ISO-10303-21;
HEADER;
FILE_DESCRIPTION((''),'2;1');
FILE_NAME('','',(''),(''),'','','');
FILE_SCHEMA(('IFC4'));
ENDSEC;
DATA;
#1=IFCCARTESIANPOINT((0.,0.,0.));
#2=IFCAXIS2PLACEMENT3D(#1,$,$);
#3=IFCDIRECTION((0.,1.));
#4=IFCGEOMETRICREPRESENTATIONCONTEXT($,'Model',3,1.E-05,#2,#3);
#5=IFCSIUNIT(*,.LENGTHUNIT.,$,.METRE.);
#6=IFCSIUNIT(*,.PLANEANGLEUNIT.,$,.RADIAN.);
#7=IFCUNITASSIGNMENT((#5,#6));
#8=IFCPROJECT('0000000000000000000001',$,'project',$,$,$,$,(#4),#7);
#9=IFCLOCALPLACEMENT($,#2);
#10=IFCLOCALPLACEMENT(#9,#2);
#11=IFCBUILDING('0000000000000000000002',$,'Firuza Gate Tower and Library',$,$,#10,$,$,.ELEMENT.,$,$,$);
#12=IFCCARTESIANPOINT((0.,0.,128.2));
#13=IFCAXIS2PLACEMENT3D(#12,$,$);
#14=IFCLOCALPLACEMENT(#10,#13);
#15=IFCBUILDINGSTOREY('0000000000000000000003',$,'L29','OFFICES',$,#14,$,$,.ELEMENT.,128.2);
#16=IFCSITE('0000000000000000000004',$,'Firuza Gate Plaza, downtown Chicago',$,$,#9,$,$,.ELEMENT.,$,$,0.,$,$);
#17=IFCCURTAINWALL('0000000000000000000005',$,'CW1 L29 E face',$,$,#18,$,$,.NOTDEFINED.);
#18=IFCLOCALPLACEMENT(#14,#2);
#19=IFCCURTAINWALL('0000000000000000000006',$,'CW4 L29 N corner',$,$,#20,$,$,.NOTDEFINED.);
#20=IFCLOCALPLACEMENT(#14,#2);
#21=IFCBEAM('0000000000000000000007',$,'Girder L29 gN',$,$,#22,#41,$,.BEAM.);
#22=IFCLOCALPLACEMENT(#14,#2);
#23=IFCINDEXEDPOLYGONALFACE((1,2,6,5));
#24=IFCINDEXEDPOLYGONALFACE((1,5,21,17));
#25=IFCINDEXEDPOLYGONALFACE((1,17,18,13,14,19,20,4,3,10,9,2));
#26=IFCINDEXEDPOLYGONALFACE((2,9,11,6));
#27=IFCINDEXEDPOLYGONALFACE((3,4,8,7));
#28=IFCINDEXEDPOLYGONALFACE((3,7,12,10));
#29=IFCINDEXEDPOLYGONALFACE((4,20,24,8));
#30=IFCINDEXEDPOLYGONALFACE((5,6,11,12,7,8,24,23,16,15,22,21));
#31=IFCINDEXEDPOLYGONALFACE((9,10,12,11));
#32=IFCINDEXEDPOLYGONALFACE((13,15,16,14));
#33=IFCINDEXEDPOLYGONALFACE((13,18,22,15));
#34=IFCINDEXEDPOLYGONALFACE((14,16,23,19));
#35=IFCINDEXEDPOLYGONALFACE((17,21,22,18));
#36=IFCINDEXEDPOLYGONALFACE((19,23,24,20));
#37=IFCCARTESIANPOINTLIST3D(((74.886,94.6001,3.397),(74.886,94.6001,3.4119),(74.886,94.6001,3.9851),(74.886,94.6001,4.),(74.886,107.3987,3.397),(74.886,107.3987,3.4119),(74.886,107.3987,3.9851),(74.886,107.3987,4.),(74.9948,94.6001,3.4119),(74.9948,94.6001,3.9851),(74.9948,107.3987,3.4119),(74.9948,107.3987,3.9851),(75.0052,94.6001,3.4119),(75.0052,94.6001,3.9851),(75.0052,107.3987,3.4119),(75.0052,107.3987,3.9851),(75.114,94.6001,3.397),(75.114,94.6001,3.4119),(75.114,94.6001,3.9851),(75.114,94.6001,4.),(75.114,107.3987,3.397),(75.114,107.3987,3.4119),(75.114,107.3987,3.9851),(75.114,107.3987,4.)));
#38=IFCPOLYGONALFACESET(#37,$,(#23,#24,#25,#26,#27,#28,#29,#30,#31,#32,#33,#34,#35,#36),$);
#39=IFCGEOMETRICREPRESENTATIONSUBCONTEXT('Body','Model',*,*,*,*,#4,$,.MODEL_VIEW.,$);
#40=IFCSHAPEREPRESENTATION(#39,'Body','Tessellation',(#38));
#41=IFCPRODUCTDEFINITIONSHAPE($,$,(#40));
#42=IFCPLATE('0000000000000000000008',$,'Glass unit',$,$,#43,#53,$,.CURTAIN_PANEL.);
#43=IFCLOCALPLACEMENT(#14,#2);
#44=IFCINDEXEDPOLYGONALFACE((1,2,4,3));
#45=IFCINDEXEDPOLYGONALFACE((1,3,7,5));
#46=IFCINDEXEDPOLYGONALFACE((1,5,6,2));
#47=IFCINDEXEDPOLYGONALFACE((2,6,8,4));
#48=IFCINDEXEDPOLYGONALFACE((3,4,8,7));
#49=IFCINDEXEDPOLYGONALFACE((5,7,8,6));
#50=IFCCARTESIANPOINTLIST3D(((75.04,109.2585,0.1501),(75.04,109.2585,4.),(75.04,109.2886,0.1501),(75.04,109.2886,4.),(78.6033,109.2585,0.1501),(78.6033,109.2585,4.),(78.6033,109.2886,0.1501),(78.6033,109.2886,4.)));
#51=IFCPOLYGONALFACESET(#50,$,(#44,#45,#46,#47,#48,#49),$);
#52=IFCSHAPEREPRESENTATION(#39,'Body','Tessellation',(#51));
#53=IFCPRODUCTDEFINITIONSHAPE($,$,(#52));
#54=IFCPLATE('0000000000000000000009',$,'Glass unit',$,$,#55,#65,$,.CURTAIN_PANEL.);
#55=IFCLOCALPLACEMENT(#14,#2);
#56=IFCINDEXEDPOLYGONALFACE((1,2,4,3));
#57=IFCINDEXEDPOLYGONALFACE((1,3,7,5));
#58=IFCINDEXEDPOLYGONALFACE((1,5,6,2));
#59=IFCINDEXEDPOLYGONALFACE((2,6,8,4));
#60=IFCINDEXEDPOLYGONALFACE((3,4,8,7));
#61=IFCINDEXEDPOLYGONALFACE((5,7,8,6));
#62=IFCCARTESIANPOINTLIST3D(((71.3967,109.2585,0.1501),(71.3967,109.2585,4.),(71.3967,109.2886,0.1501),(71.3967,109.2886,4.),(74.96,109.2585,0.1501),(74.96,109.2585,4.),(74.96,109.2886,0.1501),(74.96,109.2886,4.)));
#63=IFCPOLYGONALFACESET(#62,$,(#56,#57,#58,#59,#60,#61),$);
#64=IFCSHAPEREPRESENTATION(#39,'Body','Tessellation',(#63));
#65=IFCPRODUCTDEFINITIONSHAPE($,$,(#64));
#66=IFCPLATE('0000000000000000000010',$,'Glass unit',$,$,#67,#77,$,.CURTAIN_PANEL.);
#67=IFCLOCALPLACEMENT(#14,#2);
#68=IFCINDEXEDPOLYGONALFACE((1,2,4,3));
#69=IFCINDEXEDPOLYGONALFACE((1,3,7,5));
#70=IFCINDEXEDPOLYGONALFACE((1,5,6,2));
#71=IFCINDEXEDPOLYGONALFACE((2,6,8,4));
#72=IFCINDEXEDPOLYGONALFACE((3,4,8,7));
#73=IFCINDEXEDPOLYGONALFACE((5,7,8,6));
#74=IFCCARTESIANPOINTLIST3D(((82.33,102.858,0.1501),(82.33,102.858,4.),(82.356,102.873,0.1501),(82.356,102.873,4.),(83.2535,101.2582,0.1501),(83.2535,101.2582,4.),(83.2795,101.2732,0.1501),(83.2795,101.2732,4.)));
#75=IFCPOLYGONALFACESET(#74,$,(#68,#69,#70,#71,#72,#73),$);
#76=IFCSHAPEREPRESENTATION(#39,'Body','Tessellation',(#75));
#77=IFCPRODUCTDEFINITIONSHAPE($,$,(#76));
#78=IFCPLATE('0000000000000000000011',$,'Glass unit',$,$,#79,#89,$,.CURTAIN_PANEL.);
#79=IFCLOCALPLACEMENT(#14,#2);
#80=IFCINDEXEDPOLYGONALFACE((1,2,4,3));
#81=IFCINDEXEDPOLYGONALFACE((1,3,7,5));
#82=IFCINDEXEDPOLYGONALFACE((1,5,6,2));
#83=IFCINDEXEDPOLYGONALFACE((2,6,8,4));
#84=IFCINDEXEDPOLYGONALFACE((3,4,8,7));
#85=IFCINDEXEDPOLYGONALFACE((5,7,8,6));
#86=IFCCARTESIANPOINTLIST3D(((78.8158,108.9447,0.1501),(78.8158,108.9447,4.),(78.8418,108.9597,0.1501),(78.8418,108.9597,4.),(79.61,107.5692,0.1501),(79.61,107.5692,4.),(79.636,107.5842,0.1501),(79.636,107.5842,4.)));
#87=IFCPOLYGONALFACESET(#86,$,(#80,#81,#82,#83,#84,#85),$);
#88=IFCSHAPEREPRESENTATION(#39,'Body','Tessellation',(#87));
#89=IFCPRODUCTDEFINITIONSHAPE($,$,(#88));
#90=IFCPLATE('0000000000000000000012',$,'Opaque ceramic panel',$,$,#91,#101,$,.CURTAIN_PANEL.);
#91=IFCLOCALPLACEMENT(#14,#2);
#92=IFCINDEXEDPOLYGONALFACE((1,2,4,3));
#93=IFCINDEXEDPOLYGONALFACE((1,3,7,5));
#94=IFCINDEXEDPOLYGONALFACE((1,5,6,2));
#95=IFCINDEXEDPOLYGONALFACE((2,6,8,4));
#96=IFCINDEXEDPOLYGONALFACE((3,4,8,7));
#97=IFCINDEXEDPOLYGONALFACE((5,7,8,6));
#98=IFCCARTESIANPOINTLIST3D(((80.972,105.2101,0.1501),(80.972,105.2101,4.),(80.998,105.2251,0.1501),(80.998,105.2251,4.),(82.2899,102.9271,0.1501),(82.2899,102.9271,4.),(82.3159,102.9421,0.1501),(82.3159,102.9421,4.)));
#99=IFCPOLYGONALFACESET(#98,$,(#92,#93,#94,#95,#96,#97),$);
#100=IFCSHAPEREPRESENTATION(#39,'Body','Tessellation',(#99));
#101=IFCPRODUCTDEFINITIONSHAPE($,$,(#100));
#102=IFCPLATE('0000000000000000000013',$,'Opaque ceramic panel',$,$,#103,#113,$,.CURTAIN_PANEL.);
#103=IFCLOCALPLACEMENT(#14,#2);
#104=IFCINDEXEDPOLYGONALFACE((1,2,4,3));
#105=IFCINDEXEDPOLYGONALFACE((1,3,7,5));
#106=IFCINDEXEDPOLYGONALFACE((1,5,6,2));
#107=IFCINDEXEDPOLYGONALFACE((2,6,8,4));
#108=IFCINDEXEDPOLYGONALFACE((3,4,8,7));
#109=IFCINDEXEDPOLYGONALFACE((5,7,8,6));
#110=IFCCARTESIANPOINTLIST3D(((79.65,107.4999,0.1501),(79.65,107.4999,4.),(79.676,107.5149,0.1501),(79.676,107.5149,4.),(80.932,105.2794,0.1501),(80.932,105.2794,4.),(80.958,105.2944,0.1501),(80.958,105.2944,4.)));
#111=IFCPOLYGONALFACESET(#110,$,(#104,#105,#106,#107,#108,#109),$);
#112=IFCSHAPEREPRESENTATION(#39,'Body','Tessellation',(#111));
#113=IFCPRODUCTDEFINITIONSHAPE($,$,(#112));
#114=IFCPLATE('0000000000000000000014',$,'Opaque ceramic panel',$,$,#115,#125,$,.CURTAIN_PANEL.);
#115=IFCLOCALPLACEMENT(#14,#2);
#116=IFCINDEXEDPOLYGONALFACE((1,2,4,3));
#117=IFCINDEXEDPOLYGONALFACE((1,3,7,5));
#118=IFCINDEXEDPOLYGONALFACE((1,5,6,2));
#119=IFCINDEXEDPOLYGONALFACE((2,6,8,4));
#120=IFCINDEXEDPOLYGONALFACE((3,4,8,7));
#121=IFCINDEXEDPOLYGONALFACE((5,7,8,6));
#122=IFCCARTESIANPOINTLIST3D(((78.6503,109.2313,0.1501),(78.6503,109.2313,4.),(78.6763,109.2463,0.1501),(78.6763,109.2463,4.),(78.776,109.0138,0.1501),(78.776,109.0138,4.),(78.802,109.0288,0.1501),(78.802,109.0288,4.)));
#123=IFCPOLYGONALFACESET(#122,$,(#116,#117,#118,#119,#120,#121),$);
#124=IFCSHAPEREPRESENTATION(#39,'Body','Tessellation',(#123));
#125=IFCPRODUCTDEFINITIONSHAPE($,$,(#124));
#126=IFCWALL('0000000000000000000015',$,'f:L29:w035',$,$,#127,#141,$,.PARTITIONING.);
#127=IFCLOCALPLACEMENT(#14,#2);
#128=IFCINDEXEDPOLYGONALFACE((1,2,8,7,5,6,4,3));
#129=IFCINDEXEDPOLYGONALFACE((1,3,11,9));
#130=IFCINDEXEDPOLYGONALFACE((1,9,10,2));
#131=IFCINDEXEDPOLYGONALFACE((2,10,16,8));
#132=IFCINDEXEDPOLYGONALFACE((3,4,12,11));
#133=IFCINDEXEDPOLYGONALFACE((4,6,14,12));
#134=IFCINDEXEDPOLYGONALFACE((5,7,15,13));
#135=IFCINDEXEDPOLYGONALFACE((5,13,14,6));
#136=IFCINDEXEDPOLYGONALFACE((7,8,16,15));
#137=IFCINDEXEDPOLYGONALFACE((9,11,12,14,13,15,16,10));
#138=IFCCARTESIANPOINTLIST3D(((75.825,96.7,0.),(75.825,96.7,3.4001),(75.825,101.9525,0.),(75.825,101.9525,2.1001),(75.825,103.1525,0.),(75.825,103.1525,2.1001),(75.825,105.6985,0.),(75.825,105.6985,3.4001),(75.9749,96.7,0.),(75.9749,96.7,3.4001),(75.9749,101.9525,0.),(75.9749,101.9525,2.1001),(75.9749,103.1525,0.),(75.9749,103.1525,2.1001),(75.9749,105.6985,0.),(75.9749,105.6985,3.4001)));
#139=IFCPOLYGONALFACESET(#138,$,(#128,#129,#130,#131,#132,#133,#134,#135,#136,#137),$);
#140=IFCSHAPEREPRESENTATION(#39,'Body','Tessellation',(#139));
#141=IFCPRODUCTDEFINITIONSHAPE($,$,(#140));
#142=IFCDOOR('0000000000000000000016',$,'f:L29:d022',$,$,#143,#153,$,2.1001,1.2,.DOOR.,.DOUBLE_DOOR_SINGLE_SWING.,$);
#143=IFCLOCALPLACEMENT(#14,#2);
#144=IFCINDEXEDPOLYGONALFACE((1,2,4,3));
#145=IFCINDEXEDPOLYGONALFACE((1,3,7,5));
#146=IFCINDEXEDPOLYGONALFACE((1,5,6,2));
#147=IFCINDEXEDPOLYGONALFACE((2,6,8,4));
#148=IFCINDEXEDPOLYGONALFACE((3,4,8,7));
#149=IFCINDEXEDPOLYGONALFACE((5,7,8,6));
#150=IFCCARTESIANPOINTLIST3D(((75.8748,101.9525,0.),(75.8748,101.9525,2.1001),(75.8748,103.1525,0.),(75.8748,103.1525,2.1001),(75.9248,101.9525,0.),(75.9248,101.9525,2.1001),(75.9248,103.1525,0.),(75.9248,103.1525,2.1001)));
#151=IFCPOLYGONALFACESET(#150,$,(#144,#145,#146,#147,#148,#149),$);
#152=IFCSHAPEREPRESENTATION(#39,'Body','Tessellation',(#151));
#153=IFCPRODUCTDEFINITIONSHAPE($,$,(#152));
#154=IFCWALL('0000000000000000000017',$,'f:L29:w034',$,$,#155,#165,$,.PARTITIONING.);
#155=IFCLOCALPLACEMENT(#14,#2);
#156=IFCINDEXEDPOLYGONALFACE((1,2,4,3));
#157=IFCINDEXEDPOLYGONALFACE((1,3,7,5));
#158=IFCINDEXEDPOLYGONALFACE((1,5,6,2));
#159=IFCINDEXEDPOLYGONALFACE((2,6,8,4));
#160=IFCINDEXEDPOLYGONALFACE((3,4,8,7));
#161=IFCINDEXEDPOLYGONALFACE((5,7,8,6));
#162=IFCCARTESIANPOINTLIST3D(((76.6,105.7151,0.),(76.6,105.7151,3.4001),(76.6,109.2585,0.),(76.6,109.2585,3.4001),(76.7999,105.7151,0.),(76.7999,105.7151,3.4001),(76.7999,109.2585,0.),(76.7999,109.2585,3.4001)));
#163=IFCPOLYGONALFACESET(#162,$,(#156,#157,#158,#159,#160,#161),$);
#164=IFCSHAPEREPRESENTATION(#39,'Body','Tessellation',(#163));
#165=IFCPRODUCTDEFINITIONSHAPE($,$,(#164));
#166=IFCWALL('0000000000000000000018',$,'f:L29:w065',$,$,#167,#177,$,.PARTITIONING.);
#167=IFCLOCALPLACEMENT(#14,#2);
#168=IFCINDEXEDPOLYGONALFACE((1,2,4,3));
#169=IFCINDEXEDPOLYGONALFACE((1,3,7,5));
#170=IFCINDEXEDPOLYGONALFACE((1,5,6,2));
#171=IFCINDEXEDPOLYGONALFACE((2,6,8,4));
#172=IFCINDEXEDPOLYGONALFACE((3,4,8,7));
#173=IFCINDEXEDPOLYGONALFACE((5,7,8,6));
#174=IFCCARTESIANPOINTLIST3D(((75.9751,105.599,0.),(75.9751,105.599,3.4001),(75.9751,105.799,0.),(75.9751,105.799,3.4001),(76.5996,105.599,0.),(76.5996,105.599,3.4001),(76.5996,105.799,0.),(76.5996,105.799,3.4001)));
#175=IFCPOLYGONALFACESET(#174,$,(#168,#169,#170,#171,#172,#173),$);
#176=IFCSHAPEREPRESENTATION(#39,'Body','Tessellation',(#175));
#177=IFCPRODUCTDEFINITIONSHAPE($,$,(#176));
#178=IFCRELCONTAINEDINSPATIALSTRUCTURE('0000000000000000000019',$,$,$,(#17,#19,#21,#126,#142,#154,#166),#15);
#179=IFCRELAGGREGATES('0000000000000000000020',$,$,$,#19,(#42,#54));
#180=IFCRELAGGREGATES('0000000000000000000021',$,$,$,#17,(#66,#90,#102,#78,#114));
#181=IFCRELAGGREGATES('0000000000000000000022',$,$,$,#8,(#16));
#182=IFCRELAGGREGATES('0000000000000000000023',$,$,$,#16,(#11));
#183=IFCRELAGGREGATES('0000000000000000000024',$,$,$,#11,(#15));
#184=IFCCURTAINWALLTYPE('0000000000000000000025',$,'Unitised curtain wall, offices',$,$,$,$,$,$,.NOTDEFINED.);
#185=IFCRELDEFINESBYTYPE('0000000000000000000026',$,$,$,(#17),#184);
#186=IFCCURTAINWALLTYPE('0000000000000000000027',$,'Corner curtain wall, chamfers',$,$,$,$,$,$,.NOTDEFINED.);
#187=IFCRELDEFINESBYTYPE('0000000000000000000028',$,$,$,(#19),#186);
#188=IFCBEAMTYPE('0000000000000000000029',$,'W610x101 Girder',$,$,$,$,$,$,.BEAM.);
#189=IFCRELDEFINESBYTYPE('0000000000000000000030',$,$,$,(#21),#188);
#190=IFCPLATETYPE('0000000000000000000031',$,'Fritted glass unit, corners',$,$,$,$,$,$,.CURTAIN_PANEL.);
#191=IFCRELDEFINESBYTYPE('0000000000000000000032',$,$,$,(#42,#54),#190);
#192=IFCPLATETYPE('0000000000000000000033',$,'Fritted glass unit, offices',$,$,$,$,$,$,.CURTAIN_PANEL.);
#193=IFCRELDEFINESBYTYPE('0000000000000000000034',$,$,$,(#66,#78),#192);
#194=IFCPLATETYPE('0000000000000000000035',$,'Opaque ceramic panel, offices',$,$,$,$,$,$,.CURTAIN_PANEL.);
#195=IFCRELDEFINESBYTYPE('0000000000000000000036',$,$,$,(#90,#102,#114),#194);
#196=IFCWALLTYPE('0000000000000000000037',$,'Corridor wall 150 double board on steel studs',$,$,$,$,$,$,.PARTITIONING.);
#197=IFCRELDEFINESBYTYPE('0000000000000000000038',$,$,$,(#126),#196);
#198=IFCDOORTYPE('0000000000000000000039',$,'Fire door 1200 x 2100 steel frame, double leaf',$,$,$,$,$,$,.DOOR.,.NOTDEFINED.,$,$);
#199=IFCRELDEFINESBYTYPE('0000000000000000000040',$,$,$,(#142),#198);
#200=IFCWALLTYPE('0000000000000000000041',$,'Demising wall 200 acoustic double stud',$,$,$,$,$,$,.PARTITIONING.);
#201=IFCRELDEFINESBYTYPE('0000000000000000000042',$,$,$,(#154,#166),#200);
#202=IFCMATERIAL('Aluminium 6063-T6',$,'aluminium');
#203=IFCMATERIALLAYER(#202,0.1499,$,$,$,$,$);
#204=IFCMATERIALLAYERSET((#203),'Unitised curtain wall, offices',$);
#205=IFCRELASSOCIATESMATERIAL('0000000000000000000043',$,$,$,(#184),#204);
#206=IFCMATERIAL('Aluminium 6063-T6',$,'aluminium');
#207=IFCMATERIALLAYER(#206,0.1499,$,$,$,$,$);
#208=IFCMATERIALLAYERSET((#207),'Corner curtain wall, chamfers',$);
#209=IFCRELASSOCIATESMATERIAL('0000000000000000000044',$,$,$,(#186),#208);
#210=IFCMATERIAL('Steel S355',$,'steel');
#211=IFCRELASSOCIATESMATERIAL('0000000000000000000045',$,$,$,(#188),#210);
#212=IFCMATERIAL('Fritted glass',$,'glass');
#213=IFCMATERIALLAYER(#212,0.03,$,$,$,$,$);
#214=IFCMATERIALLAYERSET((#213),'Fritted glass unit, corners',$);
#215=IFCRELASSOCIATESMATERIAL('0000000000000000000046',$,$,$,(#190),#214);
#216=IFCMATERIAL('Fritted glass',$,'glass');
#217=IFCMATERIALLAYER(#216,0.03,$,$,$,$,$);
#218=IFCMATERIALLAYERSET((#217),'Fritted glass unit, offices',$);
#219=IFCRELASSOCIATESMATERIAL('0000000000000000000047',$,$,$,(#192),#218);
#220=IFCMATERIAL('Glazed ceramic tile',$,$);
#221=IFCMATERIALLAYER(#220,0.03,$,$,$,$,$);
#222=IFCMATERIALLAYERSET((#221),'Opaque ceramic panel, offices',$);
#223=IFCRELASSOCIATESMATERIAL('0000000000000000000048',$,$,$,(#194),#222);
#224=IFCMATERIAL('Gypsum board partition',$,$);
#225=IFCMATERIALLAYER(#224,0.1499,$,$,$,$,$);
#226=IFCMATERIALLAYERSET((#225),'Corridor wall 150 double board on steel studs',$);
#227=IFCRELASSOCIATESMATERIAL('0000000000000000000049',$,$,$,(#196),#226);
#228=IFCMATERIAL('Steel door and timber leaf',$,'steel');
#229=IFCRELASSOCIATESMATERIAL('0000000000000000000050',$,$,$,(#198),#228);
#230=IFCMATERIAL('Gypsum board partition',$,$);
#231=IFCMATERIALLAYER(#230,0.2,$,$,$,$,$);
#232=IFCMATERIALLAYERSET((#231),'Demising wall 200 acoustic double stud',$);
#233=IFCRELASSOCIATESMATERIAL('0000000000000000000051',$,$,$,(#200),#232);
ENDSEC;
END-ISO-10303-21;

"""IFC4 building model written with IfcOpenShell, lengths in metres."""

from ifc_helpers import new_model, si_unit, direction, frame, frame_2d, origin, origin_2d, place, context, subcontext, project, spatial, polyline, rectangle, i_section, outline, extrude, material, layer, layer_set, material_profile, profile_set, type_object, element, fill, aggregate, save


model = new_model("IFC4")

# Units and contexts
model_context = context("Model", 3, precision=1e-05, world=origin(), true_north=direction((0.0, 1.0)))
body_context = subcontext(model_context, "Body", "Model", "MODEL_VIEW")
ifc_project = project(units=[si_unit("LENGTHUNIT", "METRE"), si_unit("PLANEANGLEUNIT", "RADIAN")], contexts=[model_context])

# Site, building, storey
site_placement = place(None, origin())
site = spatial("IfcSite", under=ifc_project, at=site_placement, Name="Firuza Gate Plaza, downtown Chicago", CompositionType="ELEMENT", RefElevation=0.0)
building_placement = place(site_placement, origin())
building = spatial("IfcBuilding", under=site, at=building_placement, Name="Firuza Gate Tower and Library", CompositionType="ELEMENT")
storey_placement = place(building_placement, frame((0.0, 0.0, 128.2)))
storey = spatial("IfcBuildingStorey", under=building, at=storey_placement, Name="L29", Description="OFFICES", CompositionType="ELEMENT", Elevation=128.2)

# Curtain walls
ifc_material_1 = material(Name="Aluminium 6063-T6", Category="aluminium")
ifc_layer_1 = layer(ifc_material_1, 0.1499)
ifc_layer_set_1 = layer_set([ifc_layer_1], Name="Unitised curtain wall, offices")
curtain_wall_type_1 = type_object("IfcCurtainWallType", Name="Unitised curtain wall, offices", PredefinedType="NOTDEFINED", material=ifc_layer_set_1)
placement = place(storey_placement, origin())
curtain_wall_1 = element("IfcCurtainWall", 1, at=placement, inside=storey, type_object=curtain_wall_type_1, Name="CW1 L29 E face", PredefinedType="NOTDEFINED")
ifc_material_2 = material(Name="Aluminium 6063-T6", Category="aluminium")
ifc_layer_2 = layer(ifc_material_2, 0.1499)
ifc_layer_set_2 = layer_set([ifc_layer_2], Name="Corner curtain wall, chamfers")
curtain_wall_type_2 = type_object("IfcCurtainWallType", Name="Corner curtain wall, chamfers", PredefinedType="NOTDEFINED", material=ifc_layer_set_2)
curtain_wall_2 = element("IfcCurtainWall", 2, at=placement, inside=storey, type_object=curtain_wall_type_2, Name="CW4 L29 N corner", PredefinedType="NOTDEFINED")

# Beam
ifc_material_3 = material(Name="Steel S355", Category="steel")
ifc_material_profile_1 = material_profile(ifc_material_3, i_section(OverallWidth=0.228, OverallDepth=0.603, WebThickness=0.0105, FlangeThickness=0.0149, at=origin_2d()))
ifc_profile_set_1 = profile_set([ifc_material_profile_1], Name="Steel S355")
beam_type_1 = type_object("IfcBeamType", Name="W610x101 Girder", PredefinedType="BEAM", material=ifc_profile_set_1)
beam_1_placement = place(storey_placement, frame((75.0, 107.3987, 3.6985), z_axis=(0.0, -1.0, 0.0), x_axis=(1.0, 0.0, 0.0)))
element("IfcBeam", 3, at=beam_1_placement, inside=storey, type_object=beam_type_1, Name="Girder L29 gN", PredefinedType="BEAM", context=body_context, shape_type="SweptSolid", body=[
    extrude(i_section(OverallWidth=0.228, OverallDepth=0.603, WebThickness=0.0105, FlangeThickness=0.0149, at=origin_2d()), origin(), (0.0, 0.0, 1.0), 12.7986),
])

# Plates
ifc_material_4 = material(Name="Fritted glass", Category="glass")
ifc_layer_3 = layer(ifc_material_4, 0.03)
ifc_layer_set_3 = layer_set([ifc_layer_3], Name="Fritted glass unit, corners")
plate_type_1 = type_object("IfcPlateType", Name="Fritted glass unit, corners", PredefinedType="CURTAIN_PANEL", material=ifc_layer_set_3)
plate_1_placement = place(storey_placement, frame((78.6033, 109.2886, 0.1501), z_axis=(0.0, 1.0, 0.0), x_axis=(-1.0, 0.0, 0.0)))
plate_1 = element("IfcPlate", 4, at=plate_1_placement, type_object=plate_type_1, Name="Glass unit", PredefinedType="CURTAIN_PANEL", context=body_context, shape_type="SweptSolid", body=[
    extrude(outline(polyline([(0.0, 0.0), (3.5632, 0.0), (3.5632, 3.8499), (0.0, 3.8499), (0.0, 0.0)])), origin(), (0.0, 0.0, -1.0), 0.03),
])
plate_2_placement = place(storey_placement, frame((74.96, 109.2886, 0.1501), z_axis=(0.0, 1.0, 0.0), x_axis=(-1.0, 0.0, 0.0)))
plate_2 = element("IfcPlate", 5, at=plate_2_placement, type_object=plate_type_1, Name="Glass unit", PredefinedType="CURTAIN_PANEL", context=body_context, shape_type="SweptSolid", body=[
    extrude(outline(polyline([(0.0, 0.0), (3.5632, 0.0), (3.5632, 3.8499), (0.0, 3.8499), (0.0, 0.0)])), origin(), (0.0, 0.0, -1.0), 0.03),
])
aggregate(curtain_wall_2, [plate_1, plate_2])
ifc_material_5 = material(Name="Fritted glass", Category="glass")
ifc_layer_4 = layer(ifc_material_5, 0.03)
ifc_layer_set_4 = layer_set([ifc_layer_4], Name="Fritted glass unit, offices")
plate_type_2 = type_object("IfcPlateType", Name="Fritted glass unit, offices", PredefinedType="CURTAIN_PANEL", material=ifc_layer_set_4)
plate_3_placement = place(storey_placement, frame((83.2795, 101.2732, 0.1501), z_axis=(0.866047, 0.499963, 0.0), x_axis=(-0.499963, 0.866047, 0.0)))
plate_3 = element("IfcPlate", 6, at=plate_3_placement, type_object=plate_type_2, Name="Glass unit", PredefinedType="CURTAIN_PANEL", context=body_context, shape_type="SweptSolid", body=[
    extrude(outline(polyline([(0.0, 0.0), (1.8473, 0.0), (1.8473, 3.8499), (0.0, 3.8499), (0.0, 0.0)])), origin(), (0.0, 0.0, -1.0), 0.03),
])
plate_4_placement = place(storey_placement, frame((79.636, 107.5842, 0.1501), z_axis=(0.866012, 0.500024, 0.0), x_axis=(-0.500024, 0.866012, 0.0)))
plate_4 = element("IfcPlate", 7, at=plate_4_placement, type_object=plate_type_2, Name="Glass unit", PredefinedType="CURTAIN_PANEL", context=body_context, shape_type="SweptSolid", body=[
    extrude(outline(polyline([(0.0, 0.0), (1.5883, 0.0), (1.5883, 3.8499), (0.0, 3.8499), (0.0, 0.0)])), origin(), (0.0, 0.0, -1.0), 0.03),
])
ifc_material_6 = material(Name="Glazed ceramic tile")
ifc_layer_5 = layer(ifc_material_6, 0.03)
ifc_layer_set_5 = layer_set([ifc_layer_5], Name="Opaque ceramic panel, offices")
plate_type_3 = type_object("IfcPlateType", Name="Opaque ceramic panel, offices", PredefinedType="CURTAIN_PANEL", material=ifc_layer_set_5)
plate_5_placement = place(storey_placement, frame((82.3159, 102.9421, 0.1501), z_axis=(0.866058, 0.499944, 0.0), x_axis=(-0.499944, 0.866058, 0.0)))
plate_5 = element("IfcPlate", 8, at=plate_5_placement, type_object=plate_type_3, Name="Opaque ceramic panel", PredefinedType="CURTAIN_PANEL", context=body_context, shape_type="SweptSolid", body=[
    extrude(outline(polyline([(0.0, 0.0), (2.636, 0.0), (2.636, 3.8499), (0.0, 3.8499), (0.0, 0.0)])), origin(), (0.0, 0.0, -1.0), 0.03),
])
plate_6_placement = place(storey_placement, frame((80.958, 105.2944, 0.1501), z_axis=(0.866025, 0.5, 0.0), x_axis=(-0.5, 0.866025, 0.0)))
plate_6 = element("IfcPlate", 9, at=plate_6_placement, type_object=plate_type_3, Name="Opaque ceramic panel", PredefinedType="CURTAIN_PANEL", context=body_context, shape_type="SweptSolid", body=[
    extrude(outline(polyline([(0.0, 0.0), (2.564, 0.0), (2.564, 3.8499), (0.0, 3.8499), (0.0, 0.0)])), origin(), (0.0, 0.0, -1.0), 0.03),
])
plate_7_placement = place(storey_placement, frame((78.802, 109.0288, 0.1501), z_axis=(0.865781, 0.500423, 0.0), x_axis=(-0.500423, 0.865781, 0.0)))
plate_7 = element("IfcPlate", 10, at=plate_7_placement, type_object=plate_type_3, Name="Opaque ceramic panel", PredefinedType="CURTAIN_PANEL", context=body_context, shape_type="SweptSolid", body=[
    extrude(outline(polyline([(0.0, 0.0), (0.2513, 0.0), (0.2513, 3.8499), (0.0, 3.8499), (0.0, 0.0)])), origin(), (0.0, 0.0, -1.0), 0.03),
])
aggregate(curtain_wall_1, [plate_3, plate_5, plate_6, plate_4, plate_7])

# Wall, opening, door
ifc_material_7 = material(Name="Gypsum board partition")
ifc_layer_6 = layer(ifc_material_7, 0.1499)
ifc_layer_set_6 = layer_set([ifc_layer_6], Name="Corridor wall 150 double board on steel studs")
wall_type_1 = type_object("IfcWallType", Name="Corridor wall 150 double board on steel studs", PredefinedType="PARTITIONING", material=ifc_layer_set_6)
wall_1_placement = place(storey_placement, frame((75.8999, 105.6985, 0.0), z_axis=(0.0, 0.0, 1.0), x_axis=(0.0, -1.0, 0.0)))
wall_1 = element("IfcWall", 11, at=wall_1_placement, inside=storey, type_object=wall_type_1, Name="f:L29:w035", PredefinedType="PARTITIONING", context=body_context, shape_type="SweptSolid", body=[
    extrude(rectangle(XDim=8.9985, YDim=0.1499, at=frame_2d((4.4993, 0.0))), origin(), (0.0, 0.0, 1.0), 3.4001),
])
opening_1_placement = place(wall_1_placement, frame((2.5459, 0.0, 0.0)))
opening_1 = element("IfcOpeningElement", 12, at=opening_1_placement, cuts=wall_1, PredefinedType="OPENING", context=body_context, shape_type="SweptSolid", body=[
    extrude(rectangle(XDim=1.2, YDim=2.1001, at=frame_2d((0.6001, 1.05))), frame((0.0, 0.085, 0.0), z_axis=(0.0, -1.0, 0.0), x_axis=(1.0, 0.0, 0.0)), (0.0, 0.0, 1.0), 0.1699),
])
ifc_material_8 = material(Name="Steel door and timber leaf", Category="steel")
door_type_1 = type_object("IfcDoorType", Name="Fire door 1200 x 2100 steel frame, double leaf", OperationType="NOTDEFINED", PredefinedType="DOOR", material=ifc_material_8)
door_1_placement = place(opening_1_placement, origin())
door_1 = element("IfcDoor", 13, at=door_1_placement, inside=storey, type_object=door_type_1, Name="f:L29:d022", OperationType="DOUBLE_DOOR_SINGLE_SWING", OverallHeight=2.1001, OverallWidth=1.2, PredefinedType="DOOR", context=body_context, shape_type="SweptSolid", body=[
    extrude(rectangle(XDim=1.2, YDim=2.1001, at=frame_2d((0.6001, 1.05))), frame((0.0, 0.0249, 0.0), z_axis=(0.0, -1.0, 0.0), x_axis=(1.0, 0.0, 0.0)), (0.0, 0.0, 1.0), 0.05),
])
fill(opening_1, door_1)

# Walls
ifc_material_9 = material(Name="Gypsum board partition")
ifc_layer_7 = layer(ifc_material_9, 0.2)
ifc_layer_set_7 = layer_set([ifc_layer_7], Name="Demising wall 200 acoustic double stud")
wall_type_2 = type_object("IfcWallType", Name="Demising wall 200 acoustic double stud", PredefinedType="PARTITIONING", material=ifc_layer_set_7)
wall_2_placement = place(storey_placement, frame((76.7, 105.7151, 0.0), z_axis=(0.0, 0.0, 1.0), x_axis=(0.0, 1.0, 0.0)))
element("IfcWall", 14, at=wall_2_placement, inside=storey, type_object=wall_type_2, Name="f:L29:w034", PredefinedType="PARTITIONING", context=body_context, shape_type="SweptSolid", body=[
    extrude(rectangle(XDim=3.5435, YDim=0.2, at=frame_2d((1.7717, 0.0))), origin(), (0.0, 0.0, 1.0), 3.4001),
])
wall_3_placement = place(storey_placement, frame((75.9751, 105.699, 0.0), z_axis=(0.0, 0.0, 1.0), x_axis=(1.0, 0.0, 0.0)))
element("IfcWall", 15, at=wall_3_placement, inside=storey, type_object=wall_type_2, Name="f:L29:w065", PredefinedType="PARTITIONING", context=body_context, shape_type="SweptSolid", body=[
    extrude(rectangle(XDim=0.6245, YDim=0.2, at=frame_2d((0.3123, 0.0))), origin(), (0.0, 0.0, 1.0), 3.4001),
])

save(model, "model.ifc")
